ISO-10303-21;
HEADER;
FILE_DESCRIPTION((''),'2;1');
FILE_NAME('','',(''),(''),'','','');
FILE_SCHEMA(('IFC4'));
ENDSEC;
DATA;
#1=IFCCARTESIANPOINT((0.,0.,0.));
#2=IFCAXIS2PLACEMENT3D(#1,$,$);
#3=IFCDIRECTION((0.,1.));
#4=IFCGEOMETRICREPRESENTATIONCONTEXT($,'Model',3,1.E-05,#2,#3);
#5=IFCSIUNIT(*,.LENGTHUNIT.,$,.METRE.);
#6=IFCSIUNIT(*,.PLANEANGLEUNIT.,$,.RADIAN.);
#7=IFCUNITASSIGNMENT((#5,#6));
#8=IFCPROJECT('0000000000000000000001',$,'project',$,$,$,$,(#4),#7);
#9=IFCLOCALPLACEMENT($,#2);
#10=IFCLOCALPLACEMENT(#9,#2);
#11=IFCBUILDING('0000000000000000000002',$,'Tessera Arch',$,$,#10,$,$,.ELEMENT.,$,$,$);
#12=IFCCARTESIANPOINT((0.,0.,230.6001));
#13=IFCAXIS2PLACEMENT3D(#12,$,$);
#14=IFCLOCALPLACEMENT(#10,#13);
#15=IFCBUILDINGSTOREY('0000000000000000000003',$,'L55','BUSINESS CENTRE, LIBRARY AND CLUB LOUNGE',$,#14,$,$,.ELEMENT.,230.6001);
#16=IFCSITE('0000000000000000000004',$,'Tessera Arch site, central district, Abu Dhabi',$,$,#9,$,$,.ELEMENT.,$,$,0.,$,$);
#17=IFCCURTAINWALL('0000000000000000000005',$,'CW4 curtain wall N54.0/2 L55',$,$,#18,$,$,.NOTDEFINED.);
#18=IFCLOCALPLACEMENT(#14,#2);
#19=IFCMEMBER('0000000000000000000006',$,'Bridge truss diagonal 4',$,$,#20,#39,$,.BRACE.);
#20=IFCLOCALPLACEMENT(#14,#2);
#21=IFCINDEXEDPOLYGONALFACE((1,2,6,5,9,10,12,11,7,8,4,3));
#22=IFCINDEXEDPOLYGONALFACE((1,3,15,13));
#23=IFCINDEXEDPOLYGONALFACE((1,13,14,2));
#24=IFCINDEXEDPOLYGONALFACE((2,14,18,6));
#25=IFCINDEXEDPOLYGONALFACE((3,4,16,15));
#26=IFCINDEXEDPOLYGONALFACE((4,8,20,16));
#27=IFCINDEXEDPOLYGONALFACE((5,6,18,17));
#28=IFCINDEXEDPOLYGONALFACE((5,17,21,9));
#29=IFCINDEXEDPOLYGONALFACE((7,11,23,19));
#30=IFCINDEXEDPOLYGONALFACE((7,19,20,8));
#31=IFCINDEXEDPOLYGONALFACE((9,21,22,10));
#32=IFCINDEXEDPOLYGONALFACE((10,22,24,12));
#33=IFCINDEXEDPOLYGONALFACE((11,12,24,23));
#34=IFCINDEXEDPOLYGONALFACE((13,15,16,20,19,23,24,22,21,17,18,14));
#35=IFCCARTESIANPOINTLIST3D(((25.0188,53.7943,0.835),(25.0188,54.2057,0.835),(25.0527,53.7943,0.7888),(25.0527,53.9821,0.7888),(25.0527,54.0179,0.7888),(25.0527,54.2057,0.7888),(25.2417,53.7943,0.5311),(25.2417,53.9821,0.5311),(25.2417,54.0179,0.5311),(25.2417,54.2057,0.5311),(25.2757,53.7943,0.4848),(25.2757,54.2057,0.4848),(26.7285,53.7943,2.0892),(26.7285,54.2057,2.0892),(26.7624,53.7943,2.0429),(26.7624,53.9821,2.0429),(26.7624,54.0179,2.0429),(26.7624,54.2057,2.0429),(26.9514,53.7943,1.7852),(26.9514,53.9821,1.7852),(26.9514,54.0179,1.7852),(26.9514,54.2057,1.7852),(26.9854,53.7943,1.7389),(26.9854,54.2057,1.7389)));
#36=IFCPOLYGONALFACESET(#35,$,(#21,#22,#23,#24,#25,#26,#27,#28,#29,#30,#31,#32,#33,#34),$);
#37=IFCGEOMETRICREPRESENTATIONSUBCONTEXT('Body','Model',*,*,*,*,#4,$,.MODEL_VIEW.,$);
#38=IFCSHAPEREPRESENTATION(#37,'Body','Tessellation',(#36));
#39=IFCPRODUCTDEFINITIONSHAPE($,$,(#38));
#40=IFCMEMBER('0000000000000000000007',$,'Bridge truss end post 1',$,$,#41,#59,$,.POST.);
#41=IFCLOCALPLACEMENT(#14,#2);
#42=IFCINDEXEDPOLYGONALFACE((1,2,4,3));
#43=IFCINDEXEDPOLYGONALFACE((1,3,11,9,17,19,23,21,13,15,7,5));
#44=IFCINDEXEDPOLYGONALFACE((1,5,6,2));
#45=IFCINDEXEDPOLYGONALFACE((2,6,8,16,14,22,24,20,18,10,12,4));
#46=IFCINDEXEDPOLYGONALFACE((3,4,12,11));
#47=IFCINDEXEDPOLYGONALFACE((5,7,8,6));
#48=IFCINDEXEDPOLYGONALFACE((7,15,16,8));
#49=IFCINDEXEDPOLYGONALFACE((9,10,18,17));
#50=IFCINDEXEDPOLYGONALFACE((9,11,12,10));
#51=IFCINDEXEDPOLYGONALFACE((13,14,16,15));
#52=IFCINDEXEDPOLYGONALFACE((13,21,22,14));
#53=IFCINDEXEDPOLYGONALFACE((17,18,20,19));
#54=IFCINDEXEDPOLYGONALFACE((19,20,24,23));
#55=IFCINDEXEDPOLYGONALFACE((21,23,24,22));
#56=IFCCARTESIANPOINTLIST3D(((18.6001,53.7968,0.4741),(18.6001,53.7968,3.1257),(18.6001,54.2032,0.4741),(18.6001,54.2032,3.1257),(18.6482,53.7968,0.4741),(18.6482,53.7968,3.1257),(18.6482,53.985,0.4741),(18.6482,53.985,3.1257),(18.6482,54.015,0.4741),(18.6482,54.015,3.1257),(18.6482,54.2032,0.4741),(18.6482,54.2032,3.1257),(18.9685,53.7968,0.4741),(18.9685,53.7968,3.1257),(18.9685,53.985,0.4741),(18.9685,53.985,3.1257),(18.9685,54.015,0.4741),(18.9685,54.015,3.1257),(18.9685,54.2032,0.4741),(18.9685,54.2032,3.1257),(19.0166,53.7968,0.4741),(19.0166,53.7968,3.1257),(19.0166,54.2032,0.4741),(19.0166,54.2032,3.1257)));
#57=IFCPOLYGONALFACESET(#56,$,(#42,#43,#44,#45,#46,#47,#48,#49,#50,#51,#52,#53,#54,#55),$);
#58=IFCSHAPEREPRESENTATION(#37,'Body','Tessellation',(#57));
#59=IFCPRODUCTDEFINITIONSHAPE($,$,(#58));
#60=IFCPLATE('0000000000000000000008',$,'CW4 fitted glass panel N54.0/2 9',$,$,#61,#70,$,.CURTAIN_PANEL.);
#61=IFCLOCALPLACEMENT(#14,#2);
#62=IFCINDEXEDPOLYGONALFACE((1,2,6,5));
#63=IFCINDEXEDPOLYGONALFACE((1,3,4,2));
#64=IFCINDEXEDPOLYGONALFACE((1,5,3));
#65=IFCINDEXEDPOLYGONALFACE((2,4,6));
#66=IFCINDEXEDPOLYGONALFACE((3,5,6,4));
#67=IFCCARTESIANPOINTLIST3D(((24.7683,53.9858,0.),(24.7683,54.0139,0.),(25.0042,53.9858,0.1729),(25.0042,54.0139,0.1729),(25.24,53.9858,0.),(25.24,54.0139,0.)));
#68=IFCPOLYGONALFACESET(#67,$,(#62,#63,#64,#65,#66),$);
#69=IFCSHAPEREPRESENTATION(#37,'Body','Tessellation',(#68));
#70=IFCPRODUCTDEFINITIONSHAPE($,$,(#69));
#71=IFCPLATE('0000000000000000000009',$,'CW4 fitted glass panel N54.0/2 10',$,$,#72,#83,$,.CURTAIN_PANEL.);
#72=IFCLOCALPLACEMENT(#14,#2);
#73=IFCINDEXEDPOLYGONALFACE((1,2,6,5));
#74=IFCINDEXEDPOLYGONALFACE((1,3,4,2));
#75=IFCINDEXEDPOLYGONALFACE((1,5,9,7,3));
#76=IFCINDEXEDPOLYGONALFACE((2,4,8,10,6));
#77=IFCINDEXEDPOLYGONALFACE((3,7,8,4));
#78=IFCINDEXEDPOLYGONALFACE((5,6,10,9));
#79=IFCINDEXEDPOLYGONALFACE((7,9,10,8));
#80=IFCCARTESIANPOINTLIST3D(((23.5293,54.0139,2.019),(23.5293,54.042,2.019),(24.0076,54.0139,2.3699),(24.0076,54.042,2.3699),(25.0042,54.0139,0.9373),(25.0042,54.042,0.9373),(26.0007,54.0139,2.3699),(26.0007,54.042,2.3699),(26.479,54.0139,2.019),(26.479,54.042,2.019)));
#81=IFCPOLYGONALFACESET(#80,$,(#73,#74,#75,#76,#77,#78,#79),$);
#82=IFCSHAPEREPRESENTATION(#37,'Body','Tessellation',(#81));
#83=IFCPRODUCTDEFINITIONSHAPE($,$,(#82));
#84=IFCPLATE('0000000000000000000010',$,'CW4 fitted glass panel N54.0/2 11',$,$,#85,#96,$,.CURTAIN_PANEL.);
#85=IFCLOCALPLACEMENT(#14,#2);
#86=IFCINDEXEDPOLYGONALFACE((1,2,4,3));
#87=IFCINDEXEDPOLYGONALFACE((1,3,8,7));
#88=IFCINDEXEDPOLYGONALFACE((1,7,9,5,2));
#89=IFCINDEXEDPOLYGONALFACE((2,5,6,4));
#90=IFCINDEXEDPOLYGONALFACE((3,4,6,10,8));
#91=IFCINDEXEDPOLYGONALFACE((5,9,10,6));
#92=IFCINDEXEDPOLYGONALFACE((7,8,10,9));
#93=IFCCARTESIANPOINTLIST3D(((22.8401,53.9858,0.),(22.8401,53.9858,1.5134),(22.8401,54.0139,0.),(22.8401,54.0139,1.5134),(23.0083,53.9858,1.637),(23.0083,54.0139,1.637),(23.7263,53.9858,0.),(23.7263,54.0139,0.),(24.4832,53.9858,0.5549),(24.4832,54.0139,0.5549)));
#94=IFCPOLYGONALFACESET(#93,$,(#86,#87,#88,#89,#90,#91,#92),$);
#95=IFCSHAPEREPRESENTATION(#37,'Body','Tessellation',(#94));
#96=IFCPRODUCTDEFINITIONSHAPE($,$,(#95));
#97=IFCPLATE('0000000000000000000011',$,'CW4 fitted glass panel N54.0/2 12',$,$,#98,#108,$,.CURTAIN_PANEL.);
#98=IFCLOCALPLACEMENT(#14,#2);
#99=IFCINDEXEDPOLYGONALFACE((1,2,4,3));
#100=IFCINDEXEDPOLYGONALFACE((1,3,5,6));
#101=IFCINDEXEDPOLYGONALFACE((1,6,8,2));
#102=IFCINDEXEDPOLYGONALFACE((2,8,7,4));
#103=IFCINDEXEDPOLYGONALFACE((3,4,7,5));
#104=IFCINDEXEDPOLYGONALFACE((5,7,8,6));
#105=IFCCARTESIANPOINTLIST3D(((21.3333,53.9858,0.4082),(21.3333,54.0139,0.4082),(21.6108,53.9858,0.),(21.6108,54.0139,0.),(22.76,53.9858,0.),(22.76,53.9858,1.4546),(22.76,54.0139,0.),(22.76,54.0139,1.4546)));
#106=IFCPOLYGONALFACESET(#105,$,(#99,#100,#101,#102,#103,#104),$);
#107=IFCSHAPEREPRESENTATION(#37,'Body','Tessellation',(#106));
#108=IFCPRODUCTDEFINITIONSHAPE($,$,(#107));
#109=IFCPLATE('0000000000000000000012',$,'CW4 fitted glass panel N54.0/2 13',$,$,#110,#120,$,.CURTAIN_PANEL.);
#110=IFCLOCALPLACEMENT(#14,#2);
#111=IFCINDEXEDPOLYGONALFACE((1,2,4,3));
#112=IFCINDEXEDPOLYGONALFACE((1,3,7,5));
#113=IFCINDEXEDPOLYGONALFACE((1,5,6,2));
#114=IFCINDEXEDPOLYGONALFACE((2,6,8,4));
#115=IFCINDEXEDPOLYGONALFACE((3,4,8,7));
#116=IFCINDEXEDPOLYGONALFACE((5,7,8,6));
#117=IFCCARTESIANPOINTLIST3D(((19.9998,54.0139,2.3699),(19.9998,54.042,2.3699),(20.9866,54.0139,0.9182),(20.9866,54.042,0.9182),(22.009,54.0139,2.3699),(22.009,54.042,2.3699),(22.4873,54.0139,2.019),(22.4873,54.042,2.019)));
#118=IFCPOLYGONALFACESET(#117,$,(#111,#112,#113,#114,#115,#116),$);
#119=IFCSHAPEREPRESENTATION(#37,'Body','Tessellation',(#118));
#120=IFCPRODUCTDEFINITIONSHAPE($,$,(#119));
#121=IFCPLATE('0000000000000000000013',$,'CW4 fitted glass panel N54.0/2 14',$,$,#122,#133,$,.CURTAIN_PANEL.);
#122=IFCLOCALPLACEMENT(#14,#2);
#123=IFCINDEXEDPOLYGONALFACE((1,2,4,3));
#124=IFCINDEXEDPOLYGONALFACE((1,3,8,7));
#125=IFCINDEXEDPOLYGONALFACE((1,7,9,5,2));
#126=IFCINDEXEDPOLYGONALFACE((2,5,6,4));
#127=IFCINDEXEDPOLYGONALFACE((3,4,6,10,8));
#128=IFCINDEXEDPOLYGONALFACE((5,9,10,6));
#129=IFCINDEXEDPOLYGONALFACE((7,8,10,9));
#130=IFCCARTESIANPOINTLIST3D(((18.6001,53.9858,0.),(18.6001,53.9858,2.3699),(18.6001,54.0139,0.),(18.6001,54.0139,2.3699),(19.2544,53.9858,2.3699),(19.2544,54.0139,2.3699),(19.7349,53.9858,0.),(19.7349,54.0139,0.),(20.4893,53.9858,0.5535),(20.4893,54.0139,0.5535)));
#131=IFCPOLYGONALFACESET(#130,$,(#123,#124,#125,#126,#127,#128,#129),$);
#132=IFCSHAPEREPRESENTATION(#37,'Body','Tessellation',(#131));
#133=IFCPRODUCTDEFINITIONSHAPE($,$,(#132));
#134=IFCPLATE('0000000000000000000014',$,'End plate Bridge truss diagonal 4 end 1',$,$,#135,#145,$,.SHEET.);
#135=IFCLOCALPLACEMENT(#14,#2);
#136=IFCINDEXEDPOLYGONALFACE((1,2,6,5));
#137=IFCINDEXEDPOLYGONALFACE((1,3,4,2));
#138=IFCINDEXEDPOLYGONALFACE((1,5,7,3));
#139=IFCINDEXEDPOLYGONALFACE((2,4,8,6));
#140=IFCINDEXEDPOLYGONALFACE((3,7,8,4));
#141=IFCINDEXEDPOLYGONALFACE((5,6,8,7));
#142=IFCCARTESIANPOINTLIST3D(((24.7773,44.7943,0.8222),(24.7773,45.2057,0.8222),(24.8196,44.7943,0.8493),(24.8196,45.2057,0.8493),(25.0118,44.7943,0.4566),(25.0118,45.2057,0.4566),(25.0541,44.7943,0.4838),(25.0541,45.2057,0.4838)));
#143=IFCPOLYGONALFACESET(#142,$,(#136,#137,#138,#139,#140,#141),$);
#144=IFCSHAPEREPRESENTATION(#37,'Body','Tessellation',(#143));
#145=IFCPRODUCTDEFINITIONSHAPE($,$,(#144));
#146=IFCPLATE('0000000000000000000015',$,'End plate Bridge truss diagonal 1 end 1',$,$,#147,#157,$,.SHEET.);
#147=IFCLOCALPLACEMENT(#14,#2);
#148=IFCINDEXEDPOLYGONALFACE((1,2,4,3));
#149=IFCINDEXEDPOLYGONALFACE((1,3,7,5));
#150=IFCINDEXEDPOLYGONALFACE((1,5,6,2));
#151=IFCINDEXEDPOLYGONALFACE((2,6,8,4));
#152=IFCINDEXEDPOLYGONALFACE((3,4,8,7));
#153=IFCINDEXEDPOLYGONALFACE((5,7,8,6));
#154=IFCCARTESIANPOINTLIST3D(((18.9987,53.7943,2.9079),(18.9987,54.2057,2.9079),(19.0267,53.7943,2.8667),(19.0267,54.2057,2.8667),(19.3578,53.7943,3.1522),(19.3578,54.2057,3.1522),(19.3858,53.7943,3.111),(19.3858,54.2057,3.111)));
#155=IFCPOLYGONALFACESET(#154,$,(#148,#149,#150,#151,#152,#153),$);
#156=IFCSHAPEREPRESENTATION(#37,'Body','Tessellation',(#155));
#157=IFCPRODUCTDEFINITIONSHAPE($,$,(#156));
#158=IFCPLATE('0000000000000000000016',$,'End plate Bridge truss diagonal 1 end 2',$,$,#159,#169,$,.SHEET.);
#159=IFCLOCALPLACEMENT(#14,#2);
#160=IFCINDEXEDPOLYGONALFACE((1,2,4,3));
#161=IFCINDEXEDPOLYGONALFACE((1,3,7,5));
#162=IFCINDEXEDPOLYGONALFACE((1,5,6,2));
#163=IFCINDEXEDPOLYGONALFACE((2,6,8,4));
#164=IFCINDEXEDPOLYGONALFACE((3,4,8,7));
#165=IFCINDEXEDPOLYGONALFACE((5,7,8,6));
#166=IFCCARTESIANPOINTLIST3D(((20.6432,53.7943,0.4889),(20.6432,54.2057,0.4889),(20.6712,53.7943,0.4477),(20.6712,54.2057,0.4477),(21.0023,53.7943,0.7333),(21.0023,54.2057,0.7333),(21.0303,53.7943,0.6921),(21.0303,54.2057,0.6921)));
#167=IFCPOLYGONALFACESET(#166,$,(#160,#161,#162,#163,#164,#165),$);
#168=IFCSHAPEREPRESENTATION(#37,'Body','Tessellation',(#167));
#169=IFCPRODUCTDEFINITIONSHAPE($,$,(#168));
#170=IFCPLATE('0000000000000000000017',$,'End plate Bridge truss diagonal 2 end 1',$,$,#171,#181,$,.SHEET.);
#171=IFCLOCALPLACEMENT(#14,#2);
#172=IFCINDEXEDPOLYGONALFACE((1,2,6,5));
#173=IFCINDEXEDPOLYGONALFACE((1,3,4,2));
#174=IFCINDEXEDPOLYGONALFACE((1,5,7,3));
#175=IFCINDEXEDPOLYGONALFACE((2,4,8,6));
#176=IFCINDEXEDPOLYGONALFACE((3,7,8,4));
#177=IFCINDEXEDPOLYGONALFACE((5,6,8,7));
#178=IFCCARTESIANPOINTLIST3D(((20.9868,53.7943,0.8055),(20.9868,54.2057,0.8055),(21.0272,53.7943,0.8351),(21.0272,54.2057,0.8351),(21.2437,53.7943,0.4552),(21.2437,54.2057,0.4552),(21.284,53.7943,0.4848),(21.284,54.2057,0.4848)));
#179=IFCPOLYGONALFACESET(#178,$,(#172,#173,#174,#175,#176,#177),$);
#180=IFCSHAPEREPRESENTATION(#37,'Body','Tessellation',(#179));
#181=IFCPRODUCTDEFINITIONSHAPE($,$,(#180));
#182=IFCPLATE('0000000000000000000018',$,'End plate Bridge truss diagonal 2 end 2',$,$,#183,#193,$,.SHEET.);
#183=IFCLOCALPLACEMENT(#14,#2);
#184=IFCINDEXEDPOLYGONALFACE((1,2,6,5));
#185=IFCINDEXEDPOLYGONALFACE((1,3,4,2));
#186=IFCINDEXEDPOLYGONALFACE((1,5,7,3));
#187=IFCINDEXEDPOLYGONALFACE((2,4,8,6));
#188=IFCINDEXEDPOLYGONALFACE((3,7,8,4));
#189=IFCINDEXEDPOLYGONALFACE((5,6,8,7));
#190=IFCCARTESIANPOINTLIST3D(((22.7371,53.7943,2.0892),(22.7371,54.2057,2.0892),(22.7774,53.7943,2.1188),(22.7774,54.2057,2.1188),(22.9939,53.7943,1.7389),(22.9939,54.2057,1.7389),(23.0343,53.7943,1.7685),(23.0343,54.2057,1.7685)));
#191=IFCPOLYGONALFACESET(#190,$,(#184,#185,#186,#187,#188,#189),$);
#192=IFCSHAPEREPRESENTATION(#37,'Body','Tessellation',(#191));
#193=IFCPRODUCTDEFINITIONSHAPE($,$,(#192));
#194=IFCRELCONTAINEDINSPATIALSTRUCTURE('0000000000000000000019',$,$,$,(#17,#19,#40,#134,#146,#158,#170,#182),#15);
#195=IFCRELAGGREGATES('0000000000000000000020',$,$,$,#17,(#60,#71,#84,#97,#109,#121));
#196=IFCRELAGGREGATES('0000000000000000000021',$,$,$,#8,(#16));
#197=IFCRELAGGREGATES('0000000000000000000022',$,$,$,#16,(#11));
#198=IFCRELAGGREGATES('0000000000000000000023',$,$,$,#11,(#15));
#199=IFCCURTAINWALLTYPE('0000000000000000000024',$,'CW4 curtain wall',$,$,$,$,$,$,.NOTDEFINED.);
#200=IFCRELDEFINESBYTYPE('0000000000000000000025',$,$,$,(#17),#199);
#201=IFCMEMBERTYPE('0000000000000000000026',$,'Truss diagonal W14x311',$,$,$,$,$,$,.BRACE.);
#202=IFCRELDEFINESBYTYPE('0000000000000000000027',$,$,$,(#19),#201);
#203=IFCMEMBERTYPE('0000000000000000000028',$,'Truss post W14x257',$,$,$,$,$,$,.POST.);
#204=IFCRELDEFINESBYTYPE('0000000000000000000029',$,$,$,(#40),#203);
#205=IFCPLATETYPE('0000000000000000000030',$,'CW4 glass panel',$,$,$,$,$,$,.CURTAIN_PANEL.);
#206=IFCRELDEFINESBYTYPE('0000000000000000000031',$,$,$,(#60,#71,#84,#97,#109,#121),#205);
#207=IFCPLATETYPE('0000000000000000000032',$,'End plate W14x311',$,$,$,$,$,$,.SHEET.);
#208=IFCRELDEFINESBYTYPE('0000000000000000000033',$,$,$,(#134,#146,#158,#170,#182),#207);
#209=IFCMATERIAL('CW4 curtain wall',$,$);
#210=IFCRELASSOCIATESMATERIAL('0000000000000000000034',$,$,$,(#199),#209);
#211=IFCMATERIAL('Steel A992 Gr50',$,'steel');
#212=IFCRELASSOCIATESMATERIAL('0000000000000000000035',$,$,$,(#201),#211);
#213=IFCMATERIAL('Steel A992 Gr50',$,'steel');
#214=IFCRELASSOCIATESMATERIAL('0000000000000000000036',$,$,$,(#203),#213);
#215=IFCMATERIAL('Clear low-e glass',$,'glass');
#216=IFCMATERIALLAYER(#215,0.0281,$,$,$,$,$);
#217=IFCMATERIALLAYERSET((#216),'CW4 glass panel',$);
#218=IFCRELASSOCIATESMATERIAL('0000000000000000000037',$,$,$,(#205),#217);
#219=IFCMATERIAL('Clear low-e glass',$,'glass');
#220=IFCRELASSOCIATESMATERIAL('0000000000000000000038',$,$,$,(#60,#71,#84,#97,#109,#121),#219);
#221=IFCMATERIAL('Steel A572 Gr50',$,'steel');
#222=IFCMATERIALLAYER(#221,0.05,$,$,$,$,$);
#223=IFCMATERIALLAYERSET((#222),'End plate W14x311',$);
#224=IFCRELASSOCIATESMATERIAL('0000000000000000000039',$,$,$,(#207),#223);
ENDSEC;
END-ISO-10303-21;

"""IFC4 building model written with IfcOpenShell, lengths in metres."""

from ifc_helpers import new_model, si_unit, direction, frame, origin, origin_2d, place, context, subcontext, project, spatial, polyline, rectangle, i_section, outline, extrude, material, layer, layer_set, material_profile, profile_set, type_object, element, aggregate, save


model = new_model("IFC4")

# Units and contexts
model_context = context("Model", 3, precision=1e-05, world=origin(), true_north=direction((0.0, 1.0)))
body_context = subcontext(model_context, "Body", "Model", "MODEL_VIEW")
ifc_project = project(units=[si_unit("LENGTHUNIT", "METRE"), si_unit("PLANEANGLEUNIT", "RADIAN")], contexts=[model_context])

# Site, building, storey
site_placement = place(None, origin())
site = spatial("IfcSite", under=ifc_project, at=site_placement, Name="Tessera Arch site, central district, Abu Dhabi", CompositionType="ELEMENT", RefElevation=0.0)
building_placement = place(site_placement, origin())
building = spatial("IfcBuilding", under=site, at=building_placement, Name="Tessera Arch", CompositionType="ELEMENT")
storey_placement = place(building_placement, frame((0.0, 0.0, 230.6001)))
storey = spatial("IfcBuildingStorey", under=building, at=storey_placement, Name="L55", Description="BUSINESS CENTRE, LIBRARY AND CLUB LOUNGE", CompositionType="ELEMENT", Elevation=230.6001)

# Curtain wall
ifc_material_1 = material(Name="CW4 curtain wall")
curtain_wall_type = type_object("IfcCurtainWallType", Name="CW4 curtain wall", PredefinedType="NOTDEFINED", material=ifc_material_1)
curtain_wall_placement = place(storey_placement, origin())
curtain_wall = element("IfcCurtainWall", 1, at=curtain_wall_placement, inside=storey, type_object=curtain_wall_type, Name="CW4 curtain wall N54.0/2 L55", PredefinedType="NOTDEFINED")

# Members
ifc_material_2 = material(Name="Steel A992 Gr50", Category="steel")
ifc_material_profile_1 = material_profile(ifc_material_2, i_section(OverallWidth=0.4114, OverallDepth=0.4343, WebThickness=0.0359, FlangeThickness=0.0574, at=origin_2d()), Name="W14x311")
ifc_profile_set_1 = profile_set([ifc_material_profile_1], Name="Steel A992 Gr50")
member_type_1 = type_object("IfcMemberType", Name="Truss diagonal W14x311", PredefinedType="BRACE", material=ifc_profile_set_1)
for number, where, z_axis, x_axis, name in (
    (2, (25.1472, 54.0, 0.6599), (0.806324, 0.0, 0.591473), (0.0, 1.0, 0.0), "Bridge truss diagonal 4"),
):
    element("IfcMember", number, at=place(storey_placement, frame(where, z_axis=z_axis, x_axis=x_axis)), inside=storey, type_object=member_type_1, Name=name, PredefinedType="BRACE", context=body_context, shape_type="SweptSolid", body=[
        extrude(i_section(OverallWidth=0.4114, OverallDepth=0.4343, WebThickness=0.0359, FlangeThickness=0.0574, at=origin_2d()), origin(), (0.0, 0.0, 1.0), 2.1204),
    ])
ifc_material_3 = material(Name="Steel A992 Gr50", Category="steel")
ifc_material_profile_2 = material_profile(ifc_material_3, i_section(OverallWidth=0.4065, OverallDepth=0.4165, WebThickness=0.03, FlangeThickness=0.0481, at=origin_2d()), Name="W14x257")
ifc_profile_set_2 = profile_set([ifc_material_profile_2], Name="Steel A992 Gr50")
member_type_2 = type_object("IfcMemberType", Name="Truss post W14x257", PredefinedType="POST", material=ifc_profile_set_2)
member_1_placement = place(storey_placement, frame((18.8083, 54.0, 0.4741), z_axis=(0.0, 0.0, 1.0), x_axis=(0.0, 1.0, 0.0)))
element("IfcMember", 3, at=member_1_placement, inside=storey, type_object=member_type_2, Name="Bridge truss end post 1", PredefinedType="POST", context=body_context, shape_type="SweptSolid", body=[
    extrude(i_section(OverallWidth=0.4065, OverallDepth=0.4165, WebThickness=0.03, FlangeThickness=0.0481, at=origin_2d()), origin(), (0.0, 0.0, 1.0), 2.6516),
])

# Plates
ifc_material_4 = material(Name="Clear low-e glass", Category="glass")
ifc_material_5 = material(Name="Clear low-e glass", Category="glass")
ifc_layer_1 = layer(ifc_material_5, 0.0281)
ifc_layer_set_1 = layer_set([ifc_layer_1], Name="CW4 glass panel")
plate_type_1 = type_object("IfcPlateType", Name="CW4 glass panel", PredefinedType="CURTAIN_PANEL", material=ifc_layer_set_1)
plate_1_placement = place(storey_placement, frame((25.24, 54.0139, 0.0), z_axis=(0.0, 1.0, 0.0), x_axis=(-1.0, 0.0, 0.0)))
plate_1 = element("IfcPlate", 4, at=plate_1_placement, type_object=plate_type_1, material=ifc_material_4, Name="CW4 fitted glass panel N54.0/2 9", PredefinedType="CURTAIN_PANEL", context=body_context, shape_type="SweptSolid", body=[
    extrude(outline(polyline([(0.0, 0.0), (0.4717, 0.0), (0.2358, 0.1729), (0.0, 0.0)])), origin(), (0.0, 0.0, -1.0), 0.0281),
])
plate_2_placement = place(storey_placement, frame((24.0076, 54.042, 2.3699), z_axis=(0.0, 1.0, 0.0), x_axis=(1.0, 0.0, 0.0)))
plate_2 = element("IfcPlate", 5, at=plate_2_placement, type_object=plate_type_1, material=ifc_material_4, Name="CW4 fitted glass panel N54.0/2 10", PredefinedType="CURTAIN_PANEL", context=body_context, shape_type="SweptSolid", body=[
    extrude(outline(polyline([(0.0, 0.0), (1.9932, 0.0), (2.4714, 0.3508), (0.9966, 1.4326), (-0.4783, 0.3508), (0.0, 0.0)])), origin(), (0.0, 0.0, -1.0), 0.0281),
])
plate_3_placement = place(storey_placement, frame((22.8401, 54.0139, 0.0), z_axis=(0.0, 1.0, 0.0), x_axis=(0.0, 0.0, 1.0)))
plate_3 = element("IfcPlate", 6, at=plate_3_placement, type_object=plate_type_1, material=ifc_material_4, Name="CW4 fitted glass panel N54.0/2 11", PredefinedType="CURTAIN_PANEL", context=body_context, shape_type="SweptSolid", body=[
    extrude(outline(polyline([(0.0, 0.0), (1.5134, 0.0), (1.637, 0.1682), (0.5549, 1.6431), (0.0, 0.8862), (0.0, 0.0)])), origin(), (0.0, 0.0, -1.0), 0.0281),
])
plate_4_placement = place(storey_placement, frame((22.76, 54.0139, 0.0), z_axis=(0.0, 1.0, 0.0), x_axis=(-1.0, 0.0, 0.0)))
plate_4 = element("IfcPlate", 7, at=plate_4_placement, type_object=plate_type_1, material=ifc_material_4, Name="CW4 fitted glass panel N54.0/2 12", PredefinedType="CURTAIN_PANEL", context=body_context, shape_type="SweptSolid", body=[
    extrude(outline(polyline([(0.0, 0.0), (1.1492, 0.0), (1.4268, 0.4082), (0.0, 1.4546), (0.0, 0.0)])), origin(), (0.0, 0.0, -1.0), 0.0281),
])
plate_5_placement = place(storey_placement, frame((19.9998, 54.042, 2.3699), z_axis=(0.0, 1.0, 0.0), x_axis=(1.0, 0.0, 0.0)))
plate_5 = element("IfcPlate", 8, at=plate_5_placement, type_object=plate_type_1, material=ifc_material_4, Name="CW4 fitted glass panel N54.0/2 13", PredefinedType="CURTAIN_PANEL", context=body_context, shape_type="SweptSolid", body=[
    extrude(outline(polyline([(0.0, 0.0), (2.0093, 0.0), (2.4875, 0.3508), (0.9868, 1.4517), (0.0, 0.0)])), origin(), (0.0, 0.0, -1.0), 0.0281),
])
plate_6_placement = place(storey_placement, frame((18.6001, 54.0139, 2.3699), z_axis=(0.0, 1.0, 0.0), x_axis=(1.0, 0.0, 0.0)))
plate_6 = element("IfcPlate", 9, at=plate_6_placement, type_object=plate_type_1, material=ifc_material_4, Name="CW4 fitted glass panel N54.0/2 14", PredefinedType="CURTAIN_PANEL", context=body_context, shape_type="SweptSolid", body=[
    extrude(outline(polyline([(0.0, 0.0), (0.6543, 0.0), (1.8892, 1.8164), (1.1348, 2.3699), (0.0, 2.3699), (0.0, 0.0)])), origin(), (0.0, 0.0, -1.0), 0.0281),
])
aggregate(curtain_wall, [plate_1, plate_2, plate_3, plate_4, plate_5, plate_6])

# Plates
ifc_material_6 = material(Name="Steel A572 Gr50", Category="steel")
ifc_layer_2 = layer(ifc_material_6, 0.05)
ifc_layer_set_2 = layer_set([ifc_layer_2], Name="End plate W14x311")
plate_type_2 = type_object("IfcPlateType", Name="End plate W14x311", PredefinedType="SHEET", material=ifc_layer_set_2)
plate_7_placement = place(storey_placement, frame((24.8945, 45.0, 0.6394), z_axis=(0.841652, 0.0, 0.54002), x_axis=(0.0, 1.0, 0.0)))
element("IfcPlate", 10, at=plate_7_placement, inside=storey, type_object=plate_type_2, Name="End plate Bridge truss diagonal 4 end 1", PredefinedType="SHEET", context=body_context, shape_type="SweptSolid", body=[
    extrude(rectangle(XDim=0.4114, YDim=0.4343, at=origin_2d()), origin(), (0.0, 0.0, 1.0), 0.0503),
])
for number, where, z_axis, x_axis, name in (
    (11, (19.1782, 54.0, 3.03), (0.562578, 0.0, -0.826744), (0.0, 1.0, 0.0), "End plate Bridge truss diagonal 1 end 1"),
    (12, (20.8228, 54.0, 0.6111), (0.562578, 0.0, -0.826744), (0.0, 1.0, 0.0), "End plate Bridge truss diagonal 1 end 2"),
):
    element("IfcPlate", number, at=place(storey_placement, frame(where, z_axis=z_axis, x_axis=x_axis)), inside=storey, type_object=plate_type_2, Name=name, PredefinedType="SHEET", context=body_context, shape_type="SweptSolid", body=[
        extrude(rectangle(XDim=0.4114, YDim=0.4343, at=origin_2d()), origin(), (0.0, 0.0, 1.0), 0.0498),
    ])
for number, where, z_axis, x_axis, name in (
    (13, (21.1152, 54.0, 0.6304), (0.806405, 0.0, 0.591364), (0.0, 1.0, 0.0), "End plate Bridge truss diagonal 2 end 1"),
    (14, (22.8655, 54.0, 1.9141), (0.806405, 0.0, 0.591364), (0.0, 1.0, 0.0), "End plate Bridge truss diagonal 2 end 2"),
):
    element("IfcPlate", number, at=place(storey_placement, frame(where, z_axis=z_axis, x_axis=x_axis)), inside=storey, type_object=plate_type_2, Name=name, PredefinedType="SHEET", context=body_context, shape_type="SweptSolid", body=[
        extrude(rectangle(XDim=0.4114, YDim=0.4343, at=origin_2d()), origin(), (0.0, 0.0, 1.0), 0.05),
    ])

save(model, "model.ifc")
